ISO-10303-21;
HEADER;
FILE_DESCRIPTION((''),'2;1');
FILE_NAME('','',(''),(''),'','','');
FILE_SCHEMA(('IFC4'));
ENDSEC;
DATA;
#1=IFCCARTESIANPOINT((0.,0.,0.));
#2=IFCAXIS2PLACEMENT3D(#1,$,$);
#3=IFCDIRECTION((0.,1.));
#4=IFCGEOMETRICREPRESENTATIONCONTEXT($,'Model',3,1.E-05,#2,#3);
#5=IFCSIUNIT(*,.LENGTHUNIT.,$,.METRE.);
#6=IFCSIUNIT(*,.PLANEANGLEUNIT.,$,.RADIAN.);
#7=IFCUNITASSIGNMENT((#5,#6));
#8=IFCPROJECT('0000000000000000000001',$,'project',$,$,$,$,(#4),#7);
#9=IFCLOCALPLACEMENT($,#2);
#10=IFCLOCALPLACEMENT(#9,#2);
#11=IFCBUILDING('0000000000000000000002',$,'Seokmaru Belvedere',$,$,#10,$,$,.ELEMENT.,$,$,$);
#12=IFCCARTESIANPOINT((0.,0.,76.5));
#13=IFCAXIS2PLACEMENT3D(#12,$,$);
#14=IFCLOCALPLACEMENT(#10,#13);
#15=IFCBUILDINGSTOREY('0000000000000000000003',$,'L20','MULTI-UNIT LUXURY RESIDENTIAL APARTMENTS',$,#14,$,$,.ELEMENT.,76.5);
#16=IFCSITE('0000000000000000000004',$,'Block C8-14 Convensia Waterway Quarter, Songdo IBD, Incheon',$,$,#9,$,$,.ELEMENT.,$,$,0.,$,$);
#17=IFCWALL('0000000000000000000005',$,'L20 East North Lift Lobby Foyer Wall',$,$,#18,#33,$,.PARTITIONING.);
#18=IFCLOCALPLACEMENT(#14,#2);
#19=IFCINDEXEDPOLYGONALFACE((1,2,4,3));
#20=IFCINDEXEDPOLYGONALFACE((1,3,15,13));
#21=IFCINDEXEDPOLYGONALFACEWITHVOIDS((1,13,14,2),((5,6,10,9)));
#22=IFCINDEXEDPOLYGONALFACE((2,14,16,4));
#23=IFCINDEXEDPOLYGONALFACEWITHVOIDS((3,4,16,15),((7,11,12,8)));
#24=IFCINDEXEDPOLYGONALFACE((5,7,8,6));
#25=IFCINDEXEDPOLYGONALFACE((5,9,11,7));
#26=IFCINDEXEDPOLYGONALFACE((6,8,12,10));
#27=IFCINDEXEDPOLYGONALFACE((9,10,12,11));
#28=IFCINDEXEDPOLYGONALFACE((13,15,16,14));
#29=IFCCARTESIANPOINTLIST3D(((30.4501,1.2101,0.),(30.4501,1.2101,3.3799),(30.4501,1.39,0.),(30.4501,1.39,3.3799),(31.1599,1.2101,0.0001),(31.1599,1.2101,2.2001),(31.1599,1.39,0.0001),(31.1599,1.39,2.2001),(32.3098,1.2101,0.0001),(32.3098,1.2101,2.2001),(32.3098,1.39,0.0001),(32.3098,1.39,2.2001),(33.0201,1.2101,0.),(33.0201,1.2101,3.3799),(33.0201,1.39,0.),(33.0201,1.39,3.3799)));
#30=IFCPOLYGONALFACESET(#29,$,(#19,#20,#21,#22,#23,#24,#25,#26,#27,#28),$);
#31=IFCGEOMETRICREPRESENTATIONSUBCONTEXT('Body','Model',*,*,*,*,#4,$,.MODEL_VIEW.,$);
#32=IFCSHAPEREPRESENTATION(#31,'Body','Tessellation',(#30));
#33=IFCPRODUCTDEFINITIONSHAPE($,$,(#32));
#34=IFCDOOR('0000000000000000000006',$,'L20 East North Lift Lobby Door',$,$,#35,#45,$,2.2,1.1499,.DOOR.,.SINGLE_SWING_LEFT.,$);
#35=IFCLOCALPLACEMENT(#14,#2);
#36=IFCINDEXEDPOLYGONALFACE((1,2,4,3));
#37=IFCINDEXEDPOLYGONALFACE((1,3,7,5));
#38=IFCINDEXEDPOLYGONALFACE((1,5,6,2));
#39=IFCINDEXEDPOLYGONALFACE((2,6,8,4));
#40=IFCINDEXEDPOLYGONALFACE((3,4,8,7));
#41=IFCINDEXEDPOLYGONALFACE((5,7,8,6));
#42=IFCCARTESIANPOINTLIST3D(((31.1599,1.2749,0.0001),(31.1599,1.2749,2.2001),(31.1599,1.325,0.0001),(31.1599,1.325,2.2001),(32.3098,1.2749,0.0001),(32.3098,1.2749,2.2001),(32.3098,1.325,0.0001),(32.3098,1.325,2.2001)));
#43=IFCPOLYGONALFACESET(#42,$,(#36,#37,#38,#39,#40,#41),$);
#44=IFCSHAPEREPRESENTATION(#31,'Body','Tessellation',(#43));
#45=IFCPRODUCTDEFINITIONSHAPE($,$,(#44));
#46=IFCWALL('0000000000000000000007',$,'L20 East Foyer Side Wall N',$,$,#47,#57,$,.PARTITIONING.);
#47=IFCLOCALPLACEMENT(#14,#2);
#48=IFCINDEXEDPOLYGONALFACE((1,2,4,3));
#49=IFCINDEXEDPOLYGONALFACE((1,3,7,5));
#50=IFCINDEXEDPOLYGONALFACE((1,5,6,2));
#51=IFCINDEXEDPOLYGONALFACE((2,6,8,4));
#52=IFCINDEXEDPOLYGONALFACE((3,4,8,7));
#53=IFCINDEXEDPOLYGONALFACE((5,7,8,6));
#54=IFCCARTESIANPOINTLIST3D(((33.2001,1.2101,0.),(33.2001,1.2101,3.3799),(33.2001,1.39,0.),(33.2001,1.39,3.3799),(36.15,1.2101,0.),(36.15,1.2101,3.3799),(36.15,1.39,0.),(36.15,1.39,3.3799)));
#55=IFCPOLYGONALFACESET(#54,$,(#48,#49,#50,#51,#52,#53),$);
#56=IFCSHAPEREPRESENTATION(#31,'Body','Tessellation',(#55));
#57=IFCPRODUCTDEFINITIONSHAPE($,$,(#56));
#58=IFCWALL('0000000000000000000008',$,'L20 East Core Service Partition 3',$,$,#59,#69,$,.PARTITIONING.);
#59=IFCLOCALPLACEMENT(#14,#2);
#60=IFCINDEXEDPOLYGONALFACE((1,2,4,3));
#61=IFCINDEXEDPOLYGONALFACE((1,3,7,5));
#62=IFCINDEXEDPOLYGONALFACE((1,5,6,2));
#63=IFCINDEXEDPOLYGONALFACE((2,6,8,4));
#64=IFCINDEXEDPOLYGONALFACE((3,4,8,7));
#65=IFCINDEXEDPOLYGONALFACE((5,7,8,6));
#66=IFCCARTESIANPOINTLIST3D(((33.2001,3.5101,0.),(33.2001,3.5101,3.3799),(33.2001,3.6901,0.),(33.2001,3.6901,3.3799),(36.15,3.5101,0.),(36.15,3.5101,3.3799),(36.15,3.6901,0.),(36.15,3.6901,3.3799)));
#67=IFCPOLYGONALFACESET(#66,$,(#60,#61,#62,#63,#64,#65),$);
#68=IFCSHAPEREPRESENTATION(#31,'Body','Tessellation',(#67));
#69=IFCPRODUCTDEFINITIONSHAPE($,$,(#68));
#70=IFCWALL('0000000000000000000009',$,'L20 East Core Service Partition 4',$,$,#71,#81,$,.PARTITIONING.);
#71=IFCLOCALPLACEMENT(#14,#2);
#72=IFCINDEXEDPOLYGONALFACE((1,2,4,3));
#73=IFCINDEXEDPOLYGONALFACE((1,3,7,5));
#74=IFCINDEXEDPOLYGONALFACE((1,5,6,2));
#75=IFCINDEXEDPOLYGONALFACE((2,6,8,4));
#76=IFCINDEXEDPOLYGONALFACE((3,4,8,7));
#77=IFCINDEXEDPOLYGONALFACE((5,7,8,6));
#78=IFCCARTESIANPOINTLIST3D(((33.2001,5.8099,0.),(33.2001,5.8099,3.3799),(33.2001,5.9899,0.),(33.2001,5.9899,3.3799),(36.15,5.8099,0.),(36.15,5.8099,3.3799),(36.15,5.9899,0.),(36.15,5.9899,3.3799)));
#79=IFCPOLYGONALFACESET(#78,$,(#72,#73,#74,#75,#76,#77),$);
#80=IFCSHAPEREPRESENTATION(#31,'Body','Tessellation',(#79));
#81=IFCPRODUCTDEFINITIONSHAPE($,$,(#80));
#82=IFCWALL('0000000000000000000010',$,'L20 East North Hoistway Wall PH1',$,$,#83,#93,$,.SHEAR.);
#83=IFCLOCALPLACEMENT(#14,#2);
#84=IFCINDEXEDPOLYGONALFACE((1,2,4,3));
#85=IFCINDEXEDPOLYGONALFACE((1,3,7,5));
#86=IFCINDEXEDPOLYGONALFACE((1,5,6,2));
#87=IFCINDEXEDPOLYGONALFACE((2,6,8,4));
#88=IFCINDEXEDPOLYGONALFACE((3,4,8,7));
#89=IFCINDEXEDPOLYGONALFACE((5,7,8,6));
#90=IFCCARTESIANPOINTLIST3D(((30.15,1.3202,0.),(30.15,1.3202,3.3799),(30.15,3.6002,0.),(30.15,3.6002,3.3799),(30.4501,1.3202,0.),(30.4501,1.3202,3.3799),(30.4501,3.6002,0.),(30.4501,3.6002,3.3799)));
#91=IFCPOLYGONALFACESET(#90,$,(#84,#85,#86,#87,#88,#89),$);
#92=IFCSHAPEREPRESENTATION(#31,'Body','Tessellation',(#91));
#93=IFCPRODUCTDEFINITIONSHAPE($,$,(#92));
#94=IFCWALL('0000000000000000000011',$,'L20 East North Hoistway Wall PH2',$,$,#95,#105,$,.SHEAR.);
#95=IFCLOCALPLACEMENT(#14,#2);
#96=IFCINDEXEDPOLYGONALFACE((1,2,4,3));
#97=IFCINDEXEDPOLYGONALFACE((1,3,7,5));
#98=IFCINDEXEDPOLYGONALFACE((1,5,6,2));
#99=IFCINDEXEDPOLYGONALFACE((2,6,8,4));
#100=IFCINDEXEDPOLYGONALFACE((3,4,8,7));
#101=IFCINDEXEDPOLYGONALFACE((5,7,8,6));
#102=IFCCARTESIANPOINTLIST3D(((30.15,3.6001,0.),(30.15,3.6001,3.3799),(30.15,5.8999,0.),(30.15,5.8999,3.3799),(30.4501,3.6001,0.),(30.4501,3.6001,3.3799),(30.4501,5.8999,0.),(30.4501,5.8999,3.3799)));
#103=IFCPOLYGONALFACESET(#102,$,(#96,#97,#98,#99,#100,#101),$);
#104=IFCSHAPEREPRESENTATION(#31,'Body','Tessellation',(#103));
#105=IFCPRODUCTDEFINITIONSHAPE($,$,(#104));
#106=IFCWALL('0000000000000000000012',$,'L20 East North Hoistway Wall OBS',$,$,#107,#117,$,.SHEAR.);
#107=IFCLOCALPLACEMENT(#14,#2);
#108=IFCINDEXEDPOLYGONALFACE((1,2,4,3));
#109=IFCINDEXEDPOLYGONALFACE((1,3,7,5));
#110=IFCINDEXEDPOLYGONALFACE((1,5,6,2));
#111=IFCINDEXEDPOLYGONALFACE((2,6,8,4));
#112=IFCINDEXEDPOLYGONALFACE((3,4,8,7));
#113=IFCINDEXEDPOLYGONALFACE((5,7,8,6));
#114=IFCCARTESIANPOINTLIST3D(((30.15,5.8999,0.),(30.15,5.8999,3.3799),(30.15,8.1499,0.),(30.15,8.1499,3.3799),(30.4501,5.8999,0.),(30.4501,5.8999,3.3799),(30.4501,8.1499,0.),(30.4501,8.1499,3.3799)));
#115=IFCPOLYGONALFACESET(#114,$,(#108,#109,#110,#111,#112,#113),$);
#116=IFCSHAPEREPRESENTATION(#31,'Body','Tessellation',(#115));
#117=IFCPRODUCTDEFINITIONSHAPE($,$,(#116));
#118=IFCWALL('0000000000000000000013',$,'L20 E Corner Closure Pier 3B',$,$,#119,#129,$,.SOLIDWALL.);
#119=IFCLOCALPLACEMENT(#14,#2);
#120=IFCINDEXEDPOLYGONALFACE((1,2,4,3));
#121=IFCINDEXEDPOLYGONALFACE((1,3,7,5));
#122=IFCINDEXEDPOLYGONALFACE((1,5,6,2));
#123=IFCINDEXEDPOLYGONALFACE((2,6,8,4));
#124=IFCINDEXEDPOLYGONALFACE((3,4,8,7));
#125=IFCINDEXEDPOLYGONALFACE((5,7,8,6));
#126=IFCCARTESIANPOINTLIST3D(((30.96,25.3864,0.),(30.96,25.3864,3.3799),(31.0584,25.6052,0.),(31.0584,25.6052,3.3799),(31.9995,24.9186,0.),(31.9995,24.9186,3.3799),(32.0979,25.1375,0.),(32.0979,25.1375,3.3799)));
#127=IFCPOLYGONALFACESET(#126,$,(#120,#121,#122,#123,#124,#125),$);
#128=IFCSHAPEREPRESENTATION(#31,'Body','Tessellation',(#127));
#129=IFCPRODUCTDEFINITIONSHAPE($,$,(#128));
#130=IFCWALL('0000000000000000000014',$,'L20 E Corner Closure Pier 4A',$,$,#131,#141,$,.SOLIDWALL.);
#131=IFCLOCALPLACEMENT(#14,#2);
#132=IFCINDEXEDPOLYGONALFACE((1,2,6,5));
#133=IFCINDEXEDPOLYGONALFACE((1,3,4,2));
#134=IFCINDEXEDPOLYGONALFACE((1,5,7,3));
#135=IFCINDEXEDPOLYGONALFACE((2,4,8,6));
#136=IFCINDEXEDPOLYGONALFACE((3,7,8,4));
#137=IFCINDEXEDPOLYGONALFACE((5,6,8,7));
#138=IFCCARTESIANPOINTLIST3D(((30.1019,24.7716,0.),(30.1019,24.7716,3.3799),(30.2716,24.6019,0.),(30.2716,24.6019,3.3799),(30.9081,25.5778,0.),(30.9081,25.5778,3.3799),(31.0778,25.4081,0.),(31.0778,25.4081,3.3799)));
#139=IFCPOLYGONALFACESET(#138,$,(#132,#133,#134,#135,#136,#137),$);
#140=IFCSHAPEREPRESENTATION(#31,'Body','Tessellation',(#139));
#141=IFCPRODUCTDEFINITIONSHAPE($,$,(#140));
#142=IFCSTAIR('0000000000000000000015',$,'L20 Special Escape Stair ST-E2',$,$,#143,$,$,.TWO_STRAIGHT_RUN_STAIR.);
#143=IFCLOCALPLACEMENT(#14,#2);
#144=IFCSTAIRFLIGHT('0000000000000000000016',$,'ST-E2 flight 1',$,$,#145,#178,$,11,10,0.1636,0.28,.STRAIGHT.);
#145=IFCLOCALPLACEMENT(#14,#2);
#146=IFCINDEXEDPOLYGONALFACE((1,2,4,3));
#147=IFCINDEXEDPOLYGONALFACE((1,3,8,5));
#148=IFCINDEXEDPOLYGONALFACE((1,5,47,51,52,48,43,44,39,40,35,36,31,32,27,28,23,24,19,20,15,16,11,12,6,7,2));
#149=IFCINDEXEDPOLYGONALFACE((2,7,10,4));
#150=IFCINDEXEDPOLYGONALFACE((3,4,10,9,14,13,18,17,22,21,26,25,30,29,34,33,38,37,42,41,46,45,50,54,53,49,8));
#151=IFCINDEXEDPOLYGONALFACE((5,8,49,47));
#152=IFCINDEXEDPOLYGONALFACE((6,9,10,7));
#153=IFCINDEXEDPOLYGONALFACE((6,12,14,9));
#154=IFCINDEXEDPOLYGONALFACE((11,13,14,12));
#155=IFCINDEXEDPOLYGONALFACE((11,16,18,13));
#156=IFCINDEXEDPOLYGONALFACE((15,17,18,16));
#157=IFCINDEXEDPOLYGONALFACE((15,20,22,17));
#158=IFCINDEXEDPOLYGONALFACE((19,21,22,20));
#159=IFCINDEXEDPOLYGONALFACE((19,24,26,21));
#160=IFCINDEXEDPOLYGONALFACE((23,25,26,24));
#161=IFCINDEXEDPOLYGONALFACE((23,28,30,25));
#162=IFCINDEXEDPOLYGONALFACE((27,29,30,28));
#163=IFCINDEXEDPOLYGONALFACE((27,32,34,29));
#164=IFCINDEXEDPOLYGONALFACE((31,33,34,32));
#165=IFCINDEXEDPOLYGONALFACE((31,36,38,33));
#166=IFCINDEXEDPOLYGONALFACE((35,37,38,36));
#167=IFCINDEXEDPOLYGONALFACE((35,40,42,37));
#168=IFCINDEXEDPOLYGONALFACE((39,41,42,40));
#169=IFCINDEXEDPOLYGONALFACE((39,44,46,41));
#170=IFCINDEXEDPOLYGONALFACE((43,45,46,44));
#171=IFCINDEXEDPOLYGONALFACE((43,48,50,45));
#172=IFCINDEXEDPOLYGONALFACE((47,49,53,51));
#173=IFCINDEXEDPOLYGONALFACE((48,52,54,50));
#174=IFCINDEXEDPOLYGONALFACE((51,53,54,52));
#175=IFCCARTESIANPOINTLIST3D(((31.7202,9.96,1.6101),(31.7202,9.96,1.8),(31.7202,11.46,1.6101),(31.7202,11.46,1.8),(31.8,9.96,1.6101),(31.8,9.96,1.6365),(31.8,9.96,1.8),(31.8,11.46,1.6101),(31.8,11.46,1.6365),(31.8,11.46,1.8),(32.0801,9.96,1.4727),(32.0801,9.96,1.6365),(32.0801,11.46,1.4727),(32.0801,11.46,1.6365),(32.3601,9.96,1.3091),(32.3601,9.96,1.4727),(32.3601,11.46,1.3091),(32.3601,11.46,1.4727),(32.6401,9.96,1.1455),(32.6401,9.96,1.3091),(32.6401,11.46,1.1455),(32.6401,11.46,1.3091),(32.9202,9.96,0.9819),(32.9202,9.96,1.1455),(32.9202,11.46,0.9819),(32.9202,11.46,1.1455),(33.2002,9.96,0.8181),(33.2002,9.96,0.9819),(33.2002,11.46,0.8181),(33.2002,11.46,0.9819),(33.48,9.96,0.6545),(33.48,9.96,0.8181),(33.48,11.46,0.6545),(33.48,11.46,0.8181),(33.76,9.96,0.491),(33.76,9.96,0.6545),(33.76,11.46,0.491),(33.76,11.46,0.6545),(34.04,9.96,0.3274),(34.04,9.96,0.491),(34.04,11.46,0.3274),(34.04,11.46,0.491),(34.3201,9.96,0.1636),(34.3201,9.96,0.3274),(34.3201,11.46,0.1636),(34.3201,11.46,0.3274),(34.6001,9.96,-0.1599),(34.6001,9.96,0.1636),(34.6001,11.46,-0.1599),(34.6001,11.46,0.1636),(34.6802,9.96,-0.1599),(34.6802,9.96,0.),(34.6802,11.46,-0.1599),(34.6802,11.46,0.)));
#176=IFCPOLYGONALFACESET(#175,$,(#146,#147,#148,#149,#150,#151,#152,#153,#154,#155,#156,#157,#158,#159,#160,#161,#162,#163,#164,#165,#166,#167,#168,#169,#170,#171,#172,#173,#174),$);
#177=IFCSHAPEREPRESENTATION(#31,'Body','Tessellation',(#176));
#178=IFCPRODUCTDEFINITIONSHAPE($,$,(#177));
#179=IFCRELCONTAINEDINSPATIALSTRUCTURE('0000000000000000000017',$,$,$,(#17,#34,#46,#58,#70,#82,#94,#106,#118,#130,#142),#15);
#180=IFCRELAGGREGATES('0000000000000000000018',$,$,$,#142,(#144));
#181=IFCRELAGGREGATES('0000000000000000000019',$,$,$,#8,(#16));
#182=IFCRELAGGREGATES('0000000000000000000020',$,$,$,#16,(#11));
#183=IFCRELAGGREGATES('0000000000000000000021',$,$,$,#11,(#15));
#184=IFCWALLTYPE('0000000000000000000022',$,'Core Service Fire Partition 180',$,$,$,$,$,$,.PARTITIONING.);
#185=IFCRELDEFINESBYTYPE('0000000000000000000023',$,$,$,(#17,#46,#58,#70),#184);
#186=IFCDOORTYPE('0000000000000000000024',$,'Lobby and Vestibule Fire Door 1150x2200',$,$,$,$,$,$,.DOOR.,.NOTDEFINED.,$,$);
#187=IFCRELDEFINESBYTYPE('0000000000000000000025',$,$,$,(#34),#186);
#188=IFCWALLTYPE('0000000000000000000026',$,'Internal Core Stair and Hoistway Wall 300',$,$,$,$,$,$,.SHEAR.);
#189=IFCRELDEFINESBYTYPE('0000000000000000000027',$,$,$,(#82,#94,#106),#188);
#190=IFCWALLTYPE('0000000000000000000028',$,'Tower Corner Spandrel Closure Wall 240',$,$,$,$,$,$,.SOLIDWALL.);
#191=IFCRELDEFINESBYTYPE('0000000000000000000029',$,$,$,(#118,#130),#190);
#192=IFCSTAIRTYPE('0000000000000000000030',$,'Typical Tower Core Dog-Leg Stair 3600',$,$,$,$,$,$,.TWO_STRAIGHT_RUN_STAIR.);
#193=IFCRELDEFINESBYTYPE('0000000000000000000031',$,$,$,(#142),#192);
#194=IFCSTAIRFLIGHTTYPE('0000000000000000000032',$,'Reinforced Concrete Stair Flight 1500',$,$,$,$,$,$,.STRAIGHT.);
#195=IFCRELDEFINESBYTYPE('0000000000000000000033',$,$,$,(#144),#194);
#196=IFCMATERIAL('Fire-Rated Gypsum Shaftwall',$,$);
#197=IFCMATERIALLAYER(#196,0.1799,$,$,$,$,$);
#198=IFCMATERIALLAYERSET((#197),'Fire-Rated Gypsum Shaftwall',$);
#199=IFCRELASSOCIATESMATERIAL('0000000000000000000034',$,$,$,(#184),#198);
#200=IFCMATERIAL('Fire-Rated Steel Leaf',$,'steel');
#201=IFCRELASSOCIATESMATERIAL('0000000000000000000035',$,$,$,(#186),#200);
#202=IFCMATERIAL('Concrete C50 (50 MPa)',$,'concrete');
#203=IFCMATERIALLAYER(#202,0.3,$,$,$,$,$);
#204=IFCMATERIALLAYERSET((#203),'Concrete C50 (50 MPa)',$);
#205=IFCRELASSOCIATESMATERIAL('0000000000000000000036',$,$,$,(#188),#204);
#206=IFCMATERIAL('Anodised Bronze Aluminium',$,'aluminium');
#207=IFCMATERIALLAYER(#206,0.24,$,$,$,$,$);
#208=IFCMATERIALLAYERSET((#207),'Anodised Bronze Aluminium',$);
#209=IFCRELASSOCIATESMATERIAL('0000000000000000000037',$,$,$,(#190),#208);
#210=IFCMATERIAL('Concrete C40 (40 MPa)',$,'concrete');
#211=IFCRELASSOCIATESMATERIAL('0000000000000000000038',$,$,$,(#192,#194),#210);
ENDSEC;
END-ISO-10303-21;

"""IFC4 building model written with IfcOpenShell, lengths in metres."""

from ifc_helpers import new_model, si_unit, direction, frame, frame_2d, origin, place, context, subcontext, project, spatial, polyline, rectangle, outline, extrude, source, transform, mapped, material, layer, layer_set, type_object, type_shapes, element, fill, aggregate, save


model = new_model("IFC4")

# Units and contexts
model_context = context("Model", 3, precision=1e-05, world=origin(), true_north=direction((0.0, 1.0)))
body_context = subcontext(model_context, "Body", "Model", "MODEL_VIEW")
ifc_project = project(units=[si_unit("LENGTHUNIT", "METRE"), si_unit("PLANEANGLEUNIT", "RADIAN")], contexts=[model_context])

# Site, building, storey
site_placement = place(None, origin())
site = spatial("IfcSite", under=ifc_project, at=site_placement, Name="Block C8-14 Convensia Waterway Quarter, Songdo IBD, Incheon", CompositionType="ELEMENT", RefElevation=0.0)
building_placement = place(site_placement, origin())
building = spatial("IfcBuilding", under=site, at=building_placement, Name="Seokmaru Belvedere", CompositionType="ELEMENT")
storey_placement = place(building_placement, frame((0.0, 0.0, 76.5)))
storey = spatial("IfcBuildingStorey", under=building, at=storey_placement, Name="L20", Description="MULTI-UNIT LUXURY RESIDENTIAL APARTMENTS", CompositionType="ELEMENT", Elevation=76.5)

# Shared definitions
ifc_material_1 = material(Name="Anodised Bronze Aluminium", Category="aluminium")

# Shared definitions
ifc_material_2 = material(Name="Fire-Rated Gypsum Shaftwall")
ifc_layer_1 = layer(ifc_material_2, 0.1799)
ifc_layer_set_1 = layer_set([ifc_layer_1], Name="Fire-Rated Gypsum Shaftwall")
wall_type_1 = type_object("IfcWallType", Name="Core Service Fire Partition 180", PredefinedType="PARTITIONING", material=ifc_layer_set_1)

# Wall, opening, door
wall_1_placement = place(storey_placement, frame((30.45, 1.3, 0.0), z_axis=(0.0, 0.0, 1.0), x_axis=(1.0, 0.0, 0.0)))
wall_1 = element("IfcWall", 1, at=wall_1_placement, inside=storey, type_object=wall_type_1, Name="L20 East North Lift Lobby Foyer Wall", PredefinedType="PARTITIONING", context=body_context, shape_type="SweptSolid", body=[
    extrude(rectangle(XDim=2.5701, YDim=0.1799, at=frame_2d((1.2852, 0.0))), origin(), (0.0, 0.0, 1.0), 3.3799),
])
opening_1_placement = place(wall_1_placement, frame((0.71, 0.0, 0.0)))
opening_1 = element("IfcOpeningElement", 2, at=opening_1_placement, cuts=wall_1, PredefinedType="OPENING", context=body_context, shape_type="SweptSolid", body=[
    extrude(rectangle(XDim=1.1499, YDim=2.2, at=frame_2d((0.575, 1.1001))), frame((0.0, 0.1001, 0.0), z_axis=(0.0, -1.0, 0.0), x_axis=(1.0, 0.0, 0.0)), (0.0, 0.0, 1.0), 0.2),
])
ifc_material_3 = material(Name="Fire-Rated Steel Leaf", Category="steel")
door_type_1 = type_object("IfcDoorType", Name="Lobby and Vestibule Fire Door 1150x2200", OperationType="NOTDEFINED", PredefinedType="DOOR", material=ifc_material_3)
shared_shape_1 = source(origin(), body_context, "Body", "SweptSolid", [
    extrude(rectangle(XDim=1.1499, YDim=2.2, at=frame_2d((0.575, 1.1001))), frame((0.0, 0.0249, 0.0), z_axis=(0.0, -1.0, 0.0), x_axis=(1.0, 0.0, 0.0)), (0.0, 0.0, 1.0), 0.05),
])
type_shapes(door_type_1, [shared_shape_1])
door_1_placement = place(opening_1_placement, origin())
door_1 = element("IfcDoor", 3, at=door_1_placement, inside=storey, type_object=door_type_1, Name="L20 East North Lift Lobby Door", OperationType="SINGLE_SWING_LEFT", OverallHeight=2.2, OverallWidth=1.1499, PredefinedType="DOOR", context=body_context, shape_type="MappedRepresentation", body=[
    mapped(shared_shape_1, transform((0.0, 0.0, 0.0), scale=1.0)),
])
fill(opening_1, door_1)

# Walls
for number, where, z_axis, x_axis, name in (
    (4, (33.2, 1.3, 0.0), (0.0, 0.0, 1.0), (1.0, 0.0, 0.0), "L20 East Foyer Side Wall N"),
    (5, (33.2, 3.6001, 0.0), (0.0, 0.0, 1.0), (1.0, 0.0, 0.0), "L20 East Core Service Partition 3"),
    (6, (33.2, 5.8999, 0.0), (0.0, 0.0, 1.0), (1.0, 0.0, 0.0), "L20 East Core Service Partition 4"),
):
    element("IfcWall", number, at=place(storey_placement, frame(where, z_axis=z_axis, x_axis=x_axis)), inside=storey, type_object=wall_type_1, Name=name, PredefinedType="PARTITIONING", context=body_context, shape_type="SweptSolid", body=[
        extrude(rectangle(XDim=2.95, YDim=0.1799, at=frame_2d((1.4751, 0.0))), origin(), (0.0, 0.0, 1.0), 3.3799),
    ])
ifc_material_4 = material(Name="Concrete C50 (50 MPa)", Category="concrete")
ifc_layer_2 = layer(ifc_material_4, 0.3)
ifc_layer_set_2 = layer_set([ifc_layer_2], Name="Concrete C50 (50 MPa)")
wall_type_2 = type_object("IfcWallType", Name="Internal Core Stair and Hoistway Wall 300", PredefinedType="SHEAR", material=ifc_layer_set_2)
wall_2_placement = place(storey_placement, frame((30.3, 1.3201, 0.0), z_axis=(0.0, 0.0, 1.0), x_axis=(0.0, 1.0, 0.0)))
element("IfcWall", 7, at=wall_2_placement, inside=storey, type_object=wall_type_2, Name="L20 East North Hoistway Wall PH1", PredefinedType="SHEAR", context=body_context, shape_type="SweptSolid", body=[
    extrude(rectangle(XDim=2.28, YDim=0.3, at=frame_2d((1.1401, 0.0))), origin(), (0.0, 0.0, 1.0), 3.3799),
])
wall_3_placement = place(storey_placement, frame((30.3, 3.6001, 0.0), z_axis=(0.0, 0.0, 1.0), x_axis=(0.0, 1.0, 0.0)))
element("IfcWall", 8, at=wall_3_placement, inside=storey, type_object=wall_type_2, Name="L20 East North Hoistway Wall PH2", PredefinedType="SHEAR", context=body_context, shape_type="SweptSolid", body=[
    extrude(rectangle(XDim=2.2998, YDim=0.3, at=frame_2d((1.1499, 0.0))), origin(), (0.0, 0.0, 1.0), 3.3799),
])
wall_4_placement = place(storey_placement, frame((30.3, 5.8999, 0.0), z_axis=(0.0, 0.0, 1.0), x_axis=(0.0, 1.0, 0.0)))
element("IfcWall", 9, at=wall_4_placement, inside=storey, type_object=wall_type_2, Name="L20 East North Hoistway Wall OBS", PredefinedType="SHEAR", context=body_context, shape_type="SweptSolid", body=[
    extrude(rectangle(XDim=2.25, YDim=0.3, at=frame_2d((1.125, 0.0))), origin(), (0.0, 0.0, 1.0), 3.3799),
])

# Walls
ifc_layer_3 = layer(ifc_material_1, 0.24)
ifc_layer_set_3 = layer_set([ifc_layer_3], Name="Anodised Bronze Aluminium")
wall_type_3 = type_object("IfcWallType", Name="Tower Corner Spandrel Closure Wall 240", PredefinedType="SOLIDWALL", material=ifc_layer_set_3)
wall_5_placement = place(storey_placement, frame((32.0486, 25.0281, 0.0), z_axis=(0.0, 0.0, 1.0), x_axis=(-0.91193, 0.410347, 0.0)))
element("IfcWall", 10, at=wall_5_placement, inside=storey, type_object=wall_type_3, Name="L20 E Corner Closure Pier 3B", PredefinedType="SOLIDWALL", context=body_context, shape_type="SweptSolid", body=[
    extrude(rectangle(XDim=1.1399, YDim=0.24, at=frame_2d((0.5698, 0.0))), origin(), (0.0, 0.0, 1.0), 3.3799),
])
wall_6_placement = place(storey_placement, frame((30.9929, 25.4929, 0.0), z_axis=(0.0, 0.0, 1.0), x_axis=(-0.707107, -0.707107, 0.0)))
element("IfcWall", 11, at=wall_6_placement, inside=storey, type_object=wall_type_3, Name="L20 E Corner Closure Pier 4A", PredefinedType="SOLIDWALL", context=body_context, shape_type="SweptSolid", body=[
    extrude(rectangle(XDim=1.1401, YDim=0.24, at=frame_2d((0.5701, 0.0))), origin(), (0.0, 0.0, 1.0), 3.3799),
])

# Stair, stair flight
ifc_material_5 = material(Name="Concrete C40 (40 MPa)", Category="concrete")
stair_type = type_object("IfcStairType", Name="Typical Tower Core Dog-Leg Stair 3600", PredefinedType="TWO_STRAIGHT_RUN_STAIR", material=ifc_material_5)
stair_placement = place(storey_placement, origin())
stair = element("IfcStair", 12, at=stair_placement, inside=storey, type_object=stair_type, Name="L20 Special Escape Stair ST-E2", PredefinedType="TWO_STRAIGHT_RUN_STAIR")
stair_flight_type = type_object("IfcStairFlightType", Name="Reinforced Concrete Stair Flight 1500", PredefinedType="STRAIGHT", material=ifc_material_5)
stair_flight_1_placement = place(storey_placement, frame((34.6001, 10.71, 0.0), z_axis=(0.0, 0.0, 1.0), x_axis=(-1.0, 0.0, 0.0)))
stair_flight_1 = element("IfcStairFlight", 13, at=stair_flight_1_placement, type_object=stair_flight_type, Name="ST-E2 flight 1", NumberOfRisers=11, NumberOfTreads=10, PredefinedType="STRAIGHT", RiserHeight=0.1636, TreadLength=0.28, context=body_context, shape_type="SweptSolid", body=[
    extrude(outline(polyline([(-0.0801, 0.0), (0.0, 0.1636), (0.28, 0.1636), (0.28, 0.3274), (0.5601, 0.3274), (0.5601, 0.491), (0.8401, 0.491), (0.8401, 0.6545), (1.1201, 0.6545), (1.1201, 0.8181), (1.3999, 0.8181), (1.3999, 0.9819), (1.6799, 0.9819), (1.6799, 1.1455), (1.96, 1.1455), (1.96, 1.3091), (2.24, 1.3091), (2.24, 1.4727), (2.52, 1.4727), (2.52, 1.6365), (2.8, 1.6365), (2.8, 1.8), (2.8799, 1.8), (2.8799, 1.6101), (2.8, 1.6101), (0.0, -0.1599), (-0.0801, -0.1599), (-0.0801, 0.0)])), frame((0.0, 0.75, 0.0), z_axis=(0.0, -1.0, 0.0), x_axis=(1.0, 0.0, 0.0)), (0.0, 0.0, 1.0), 1.5),
])
aggregate(stair, [stair_flight_1])

save(model, "model.ifc")
